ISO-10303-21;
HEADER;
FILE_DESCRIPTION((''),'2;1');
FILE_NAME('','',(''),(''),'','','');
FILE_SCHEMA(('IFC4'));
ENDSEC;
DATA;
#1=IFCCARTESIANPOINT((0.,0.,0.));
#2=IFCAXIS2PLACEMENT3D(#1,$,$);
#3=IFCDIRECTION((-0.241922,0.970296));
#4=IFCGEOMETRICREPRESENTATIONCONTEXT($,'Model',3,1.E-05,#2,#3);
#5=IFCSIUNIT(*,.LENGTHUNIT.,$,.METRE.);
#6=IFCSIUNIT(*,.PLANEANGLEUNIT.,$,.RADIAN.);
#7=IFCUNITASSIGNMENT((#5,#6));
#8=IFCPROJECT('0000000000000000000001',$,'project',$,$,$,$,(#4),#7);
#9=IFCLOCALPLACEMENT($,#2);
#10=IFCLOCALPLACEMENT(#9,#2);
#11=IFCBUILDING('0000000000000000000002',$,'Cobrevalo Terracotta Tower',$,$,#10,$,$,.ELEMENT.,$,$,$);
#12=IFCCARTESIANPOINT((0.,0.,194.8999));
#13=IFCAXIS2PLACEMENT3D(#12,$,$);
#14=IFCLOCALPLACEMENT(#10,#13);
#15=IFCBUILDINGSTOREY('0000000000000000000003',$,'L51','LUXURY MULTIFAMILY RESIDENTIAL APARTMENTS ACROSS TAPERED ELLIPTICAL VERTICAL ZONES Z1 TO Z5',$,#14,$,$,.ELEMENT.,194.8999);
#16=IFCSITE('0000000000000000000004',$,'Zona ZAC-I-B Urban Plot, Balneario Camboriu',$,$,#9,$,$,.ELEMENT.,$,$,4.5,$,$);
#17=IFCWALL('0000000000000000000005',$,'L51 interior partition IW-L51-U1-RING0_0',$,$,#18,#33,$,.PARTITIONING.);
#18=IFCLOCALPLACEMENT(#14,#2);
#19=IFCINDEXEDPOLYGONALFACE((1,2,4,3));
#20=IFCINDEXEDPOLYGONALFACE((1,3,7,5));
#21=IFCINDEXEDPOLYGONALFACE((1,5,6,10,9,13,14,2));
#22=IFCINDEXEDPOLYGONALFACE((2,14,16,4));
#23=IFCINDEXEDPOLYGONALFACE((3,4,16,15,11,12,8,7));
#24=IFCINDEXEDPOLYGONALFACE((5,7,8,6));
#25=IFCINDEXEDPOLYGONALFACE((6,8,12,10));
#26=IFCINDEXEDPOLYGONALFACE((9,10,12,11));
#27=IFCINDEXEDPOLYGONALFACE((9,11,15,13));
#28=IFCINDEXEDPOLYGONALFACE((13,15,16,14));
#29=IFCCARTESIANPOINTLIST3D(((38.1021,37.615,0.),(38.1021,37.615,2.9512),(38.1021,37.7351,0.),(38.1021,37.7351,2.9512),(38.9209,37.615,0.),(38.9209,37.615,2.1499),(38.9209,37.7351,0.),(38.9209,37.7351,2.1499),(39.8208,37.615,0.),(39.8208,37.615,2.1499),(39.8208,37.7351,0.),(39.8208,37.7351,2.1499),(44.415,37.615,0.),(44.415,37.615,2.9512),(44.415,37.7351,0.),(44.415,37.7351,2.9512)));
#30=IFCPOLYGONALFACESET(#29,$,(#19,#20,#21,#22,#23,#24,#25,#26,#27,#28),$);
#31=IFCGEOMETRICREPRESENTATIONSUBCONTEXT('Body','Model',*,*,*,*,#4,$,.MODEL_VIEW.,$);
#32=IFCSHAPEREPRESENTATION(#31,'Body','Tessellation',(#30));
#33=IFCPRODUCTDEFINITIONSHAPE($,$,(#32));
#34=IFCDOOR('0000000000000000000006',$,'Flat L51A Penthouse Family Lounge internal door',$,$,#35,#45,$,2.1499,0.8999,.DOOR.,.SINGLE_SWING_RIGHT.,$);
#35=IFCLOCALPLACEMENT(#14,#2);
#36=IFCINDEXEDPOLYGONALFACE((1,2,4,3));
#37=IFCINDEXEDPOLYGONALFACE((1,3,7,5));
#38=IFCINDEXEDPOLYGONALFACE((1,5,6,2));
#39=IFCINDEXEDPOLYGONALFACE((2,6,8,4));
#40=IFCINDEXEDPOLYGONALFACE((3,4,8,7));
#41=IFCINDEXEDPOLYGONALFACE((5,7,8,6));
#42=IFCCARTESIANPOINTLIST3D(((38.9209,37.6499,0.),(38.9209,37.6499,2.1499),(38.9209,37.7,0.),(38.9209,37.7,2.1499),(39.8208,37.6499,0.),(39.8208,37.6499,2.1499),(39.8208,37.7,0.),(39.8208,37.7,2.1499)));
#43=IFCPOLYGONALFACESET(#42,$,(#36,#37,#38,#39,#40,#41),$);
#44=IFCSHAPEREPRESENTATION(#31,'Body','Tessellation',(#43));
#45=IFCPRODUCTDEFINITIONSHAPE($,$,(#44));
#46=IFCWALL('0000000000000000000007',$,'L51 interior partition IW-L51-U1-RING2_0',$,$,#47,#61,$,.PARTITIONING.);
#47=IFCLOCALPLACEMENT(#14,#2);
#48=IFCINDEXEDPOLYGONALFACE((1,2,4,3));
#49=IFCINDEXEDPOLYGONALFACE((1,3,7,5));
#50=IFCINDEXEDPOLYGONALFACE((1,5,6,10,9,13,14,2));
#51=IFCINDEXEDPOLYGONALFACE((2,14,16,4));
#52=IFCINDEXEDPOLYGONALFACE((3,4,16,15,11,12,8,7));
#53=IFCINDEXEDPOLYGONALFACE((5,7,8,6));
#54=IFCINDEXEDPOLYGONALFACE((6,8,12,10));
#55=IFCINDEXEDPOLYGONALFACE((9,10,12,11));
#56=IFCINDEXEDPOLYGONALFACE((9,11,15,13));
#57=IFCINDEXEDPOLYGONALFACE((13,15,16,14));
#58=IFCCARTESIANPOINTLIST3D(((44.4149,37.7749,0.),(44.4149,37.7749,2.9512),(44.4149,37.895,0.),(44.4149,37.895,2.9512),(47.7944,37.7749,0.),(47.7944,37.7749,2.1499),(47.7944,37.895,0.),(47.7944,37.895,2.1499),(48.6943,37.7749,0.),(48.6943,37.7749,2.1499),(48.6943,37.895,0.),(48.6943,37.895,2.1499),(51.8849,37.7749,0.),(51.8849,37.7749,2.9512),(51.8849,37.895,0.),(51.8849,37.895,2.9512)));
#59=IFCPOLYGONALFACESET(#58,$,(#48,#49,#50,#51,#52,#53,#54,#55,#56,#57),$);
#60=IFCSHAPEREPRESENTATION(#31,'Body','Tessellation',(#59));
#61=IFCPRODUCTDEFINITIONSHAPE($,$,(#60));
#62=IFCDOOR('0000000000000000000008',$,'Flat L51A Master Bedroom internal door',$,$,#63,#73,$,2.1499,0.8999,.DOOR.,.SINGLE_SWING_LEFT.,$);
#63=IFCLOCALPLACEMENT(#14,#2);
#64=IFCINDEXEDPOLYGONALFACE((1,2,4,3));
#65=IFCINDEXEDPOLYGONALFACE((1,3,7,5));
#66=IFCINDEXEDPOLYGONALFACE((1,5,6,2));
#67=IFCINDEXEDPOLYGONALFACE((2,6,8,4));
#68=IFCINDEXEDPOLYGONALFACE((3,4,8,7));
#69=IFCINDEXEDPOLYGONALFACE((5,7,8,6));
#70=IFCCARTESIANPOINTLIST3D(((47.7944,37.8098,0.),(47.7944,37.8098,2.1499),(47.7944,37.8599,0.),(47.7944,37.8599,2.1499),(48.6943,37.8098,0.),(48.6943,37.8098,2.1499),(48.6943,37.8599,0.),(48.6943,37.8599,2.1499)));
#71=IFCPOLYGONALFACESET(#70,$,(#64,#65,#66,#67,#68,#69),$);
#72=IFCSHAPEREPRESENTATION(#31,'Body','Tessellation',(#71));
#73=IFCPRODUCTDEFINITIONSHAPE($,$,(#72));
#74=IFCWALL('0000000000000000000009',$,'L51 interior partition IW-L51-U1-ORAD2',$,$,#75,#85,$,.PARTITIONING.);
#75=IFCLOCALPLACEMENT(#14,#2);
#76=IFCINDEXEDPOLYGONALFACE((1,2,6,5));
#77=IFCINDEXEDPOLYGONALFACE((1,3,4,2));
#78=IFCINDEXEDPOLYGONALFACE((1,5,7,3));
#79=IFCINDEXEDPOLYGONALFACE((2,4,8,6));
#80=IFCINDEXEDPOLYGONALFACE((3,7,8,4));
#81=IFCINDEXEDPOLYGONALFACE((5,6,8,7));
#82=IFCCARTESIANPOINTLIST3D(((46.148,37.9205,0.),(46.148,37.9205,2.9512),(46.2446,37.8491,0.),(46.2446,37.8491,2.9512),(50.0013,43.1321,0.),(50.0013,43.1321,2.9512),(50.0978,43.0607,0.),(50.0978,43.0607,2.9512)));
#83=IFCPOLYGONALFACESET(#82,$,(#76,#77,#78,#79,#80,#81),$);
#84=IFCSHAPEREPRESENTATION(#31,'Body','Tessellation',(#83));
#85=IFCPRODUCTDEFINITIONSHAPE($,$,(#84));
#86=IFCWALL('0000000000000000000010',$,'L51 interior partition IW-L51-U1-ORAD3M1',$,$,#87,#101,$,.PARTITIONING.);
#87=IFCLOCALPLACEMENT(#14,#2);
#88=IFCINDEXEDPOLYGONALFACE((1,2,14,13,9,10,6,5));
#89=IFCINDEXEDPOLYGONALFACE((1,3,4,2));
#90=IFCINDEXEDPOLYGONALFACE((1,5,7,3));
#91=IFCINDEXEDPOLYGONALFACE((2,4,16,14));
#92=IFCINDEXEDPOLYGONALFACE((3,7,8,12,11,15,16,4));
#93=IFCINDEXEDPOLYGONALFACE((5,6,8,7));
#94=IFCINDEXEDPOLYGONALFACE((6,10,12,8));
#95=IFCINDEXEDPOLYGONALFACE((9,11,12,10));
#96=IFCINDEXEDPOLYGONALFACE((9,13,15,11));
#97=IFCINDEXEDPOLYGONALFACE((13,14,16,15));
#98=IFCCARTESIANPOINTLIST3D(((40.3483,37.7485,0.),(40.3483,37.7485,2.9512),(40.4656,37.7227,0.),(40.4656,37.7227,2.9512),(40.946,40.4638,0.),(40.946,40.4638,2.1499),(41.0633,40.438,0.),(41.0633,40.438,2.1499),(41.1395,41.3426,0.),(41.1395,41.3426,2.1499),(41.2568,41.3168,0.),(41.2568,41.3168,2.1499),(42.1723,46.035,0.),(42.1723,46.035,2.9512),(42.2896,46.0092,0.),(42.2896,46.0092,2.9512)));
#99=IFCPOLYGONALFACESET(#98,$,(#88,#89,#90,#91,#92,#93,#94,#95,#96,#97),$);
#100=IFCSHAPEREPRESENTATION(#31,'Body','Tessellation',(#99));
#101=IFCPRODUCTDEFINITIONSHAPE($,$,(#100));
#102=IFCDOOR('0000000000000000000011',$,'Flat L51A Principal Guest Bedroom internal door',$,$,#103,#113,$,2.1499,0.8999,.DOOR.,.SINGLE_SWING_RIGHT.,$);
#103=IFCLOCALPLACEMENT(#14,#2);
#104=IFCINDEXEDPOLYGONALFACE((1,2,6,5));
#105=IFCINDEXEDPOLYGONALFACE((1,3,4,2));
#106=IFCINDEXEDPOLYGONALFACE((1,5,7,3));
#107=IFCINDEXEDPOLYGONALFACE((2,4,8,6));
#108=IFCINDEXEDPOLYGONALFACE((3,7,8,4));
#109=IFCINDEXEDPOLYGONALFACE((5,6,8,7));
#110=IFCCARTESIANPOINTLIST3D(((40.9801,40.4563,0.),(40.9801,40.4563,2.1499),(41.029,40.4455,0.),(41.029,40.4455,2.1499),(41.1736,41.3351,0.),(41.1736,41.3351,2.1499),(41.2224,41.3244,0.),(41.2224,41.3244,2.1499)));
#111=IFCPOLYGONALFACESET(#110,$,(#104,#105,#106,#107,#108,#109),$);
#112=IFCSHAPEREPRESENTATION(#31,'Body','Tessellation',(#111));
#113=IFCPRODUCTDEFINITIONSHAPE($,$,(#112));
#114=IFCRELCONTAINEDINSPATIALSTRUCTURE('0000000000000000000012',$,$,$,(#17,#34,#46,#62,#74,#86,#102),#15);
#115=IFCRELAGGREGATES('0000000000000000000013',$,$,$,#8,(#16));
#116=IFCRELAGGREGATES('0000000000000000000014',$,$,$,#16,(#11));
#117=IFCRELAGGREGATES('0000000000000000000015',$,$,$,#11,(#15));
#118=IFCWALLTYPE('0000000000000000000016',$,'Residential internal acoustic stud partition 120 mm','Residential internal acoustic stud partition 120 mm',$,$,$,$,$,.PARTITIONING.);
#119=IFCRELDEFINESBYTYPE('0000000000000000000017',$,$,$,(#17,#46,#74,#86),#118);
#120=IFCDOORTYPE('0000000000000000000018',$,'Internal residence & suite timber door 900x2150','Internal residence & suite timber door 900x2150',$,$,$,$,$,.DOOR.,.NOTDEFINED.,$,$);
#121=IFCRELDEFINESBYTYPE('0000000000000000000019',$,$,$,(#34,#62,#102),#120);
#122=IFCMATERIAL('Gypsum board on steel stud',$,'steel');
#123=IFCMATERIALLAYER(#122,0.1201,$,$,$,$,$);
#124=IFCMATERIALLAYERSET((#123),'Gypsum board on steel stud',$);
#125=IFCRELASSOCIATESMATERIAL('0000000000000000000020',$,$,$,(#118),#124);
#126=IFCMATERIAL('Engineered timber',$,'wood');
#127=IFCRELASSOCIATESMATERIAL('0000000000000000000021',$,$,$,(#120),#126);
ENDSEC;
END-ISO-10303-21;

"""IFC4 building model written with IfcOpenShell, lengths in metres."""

from ifc_helpers import new_model, si_unit, direction, frame, frame_2d, origin, place, context, subcontext, project, spatial, rectangle, extrude, source, transform, mapped, material, layer, layer_set, type_object, element, fill, save


model = new_model("IFC4")

# Units and contexts
model_context = context("Model", 3, precision=1e-05, world=origin(), true_north=direction((-0.241922, 0.970296)))
body_context = subcontext(model_context, "Body", "Model", "MODEL_VIEW")
ifc_project = project(units=[si_unit("LENGTHUNIT", "METRE"), si_unit("PLANEANGLEUNIT", "RADIAN")], contexts=[model_context])

# Site, building, storey
site_placement = place(None, origin())
site = spatial("IfcSite", under=ifc_project, at=site_placement, Name="Zona ZAC-I-B Urban Plot, Balneario Camboriu", CompositionType="ELEMENT", RefElevation=4.5)
building_placement = place(site_placement, origin())
building = spatial("IfcBuilding", under=site, at=building_placement, Name="Cobrevalo Terracotta Tower", CompositionType="ELEMENT")
storey_placement = place(building_placement, frame((0.0, 0.0, 194.8999)))
storey = spatial("IfcBuildingStorey", under=building, at=storey_placement, Name="L51", Description="LUXURY MULTIFAMILY RESIDENTIAL APARTMENTS ACROSS TAPERED ELLIPTICAL VERTICAL ZONES Z1 TO Z5", CompositionType="ELEMENT", Elevation=194.8999)

# Shared definitions
ifc_material_1 = material(Name="Gypsum board on steel stud", Category="steel")

# Walls, openings, doors
ifc_layer_1 = layer(ifc_material_1, 0.1201)
ifc_layer_set_1 = layer_set([ifc_layer_1], Name="Gypsum board on steel stud")
wall_type_1 = type_object("IfcWallType", Name="Residential internal acoustic stud partition 120 mm", Description="Residential internal acoustic stud partition 120 mm", PredefinedType="PARTITIONING", material=ifc_layer_set_1)
wall_1_placement = place(storey_placement, frame((38.1021, 37.675, 0.0), z_axis=(0.0, 0.0, 1.0), x_axis=(1.0, 0.0, 0.0)))
wall_1 = element("IfcWall", 1, at=wall_1_placement, inside=storey, type_object=wall_type_1, Name="L51 interior partition IW-L51-U1-RING0_0", PredefinedType="PARTITIONING", context=body_context, shape_type="SweptSolid", body=[
    extrude(rectangle(XDim=6.313, YDim=0.1201, at=frame_2d((3.1565, 0.0))), origin(), (0.0, 0.0, 1.0), 2.9512),
])
opening_1_placement = place(wall_1_placement, frame((0.8188, 0.0, 0.0)))
opening_1 = element("IfcOpeningElement", 2, at=opening_1_placement, cuts=wall_1, PredefinedType="OPENING", context=body_context, shape_type="SweptSolid", body=[
    extrude(rectangle(XDim=0.8999, YDim=2.1499, at=frame_2d((0.45, 1.075))), frame((0.0, 0.0701, 0.0), z_axis=(0.0, -1.0, 0.0), x_axis=(1.0, 0.0, 0.0)), (0.0, 0.0, 1.0), 0.1401),
])
ifc_material_2 = material(Name="Engineered timber", Category="wood")
door_type_1 = type_object("IfcDoorType", Name="Internal residence & suite timber door 900x2150", Description="Internal residence & suite timber door 900x2150", OperationType="NOTDEFINED", PredefinedType="DOOR", material=ifc_material_2)
shared_shape_1 = source(origin(), body_context, "Body", "SweptSolid", [
    extrude(rectangle(XDim=0.8999, YDim=2.1499, at=frame_2d((0.45, 1.075))), frame((0.0, 0.0249, 0.0), z_axis=(0.0, -1.0, 0.0), x_axis=(1.0, 0.0, 0.0)), (0.0, 0.0, 1.0), 0.05),
])
door_1_placement = place(opening_1_placement, origin())
door_1 = element("IfcDoor", 3, at=door_1_placement, inside=storey, type_object=door_type_1, Name="Flat L51A Penthouse Family Lounge internal door", OperationType="SINGLE_SWING_RIGHT", OverallHeight=2.1499, OverallWidth=0.8999, PredefinedType="DOOR", context=body_context, shape_type="MappedRepresentation", body=[
    mapped(shared_shape_1, transform((0.0, 0.0, 0.0), scale=1.0)),
])
fill(opening_1, door_1)
wall_2_placement = place(storey_placement, frame((44.415, 37.835, 0.0), z_axis=(0.0, 0.0, 1.0), x_axis=(1.0, 0.0, 0.0)))
wall_2 = element("IfcWall", 4, at=wall_2_placement, inside=storey, type_object=wall_type_1, Name="L51 interior partition IW-L51-U1-RING2_0", PredefinedType="PARTITIONING", context=body_context, shape_type="SweptSolid", body=[
    extrude(rectangle(XDim=7.47, YDim=0.1201, at=frame_2d((3.7349, 0.0))), origin(), (0.0, 0.0, 1.0), 2.9512),
])
opening_2_placement = place(wall_2_placement, frame((3.3794, 0.0, 0.0)))
opening_2 = element("IfcOpeningElement", 5, at=opening_2_placement, cuts=wall_2, PredefinedType="OPENING", context=body_context, shape_type="SweptSolid", body=[
    extrude(rectangle(XDim=0.8999, YDim=2.1499, at=frame_2d((0.45, 1.075))), frame((0.0, 0.0701, 0.0), z_axis=(0.0, -1.0, 0.0), x_axis=(1.0, 0.0, 0.0)), (0.0, 0.0, 1.0), 0.1401),
])
door_2_placement = place(opening_2_placement, origin())
door_2 = element("IfcDoor", 6, at=door_2_placement, inside=storey, type_object=door_type_1, Name="Flat L51A Master Bedroom internal door", OperationType="SINGLE_SWING_LEFT", OverallHeight=2.1499, OverallWidth=0.8999, PredefinedType="DOOR", context=body_context, shape_type="MappedRepresentation", body=[
    mapped(shared_shape_1, transform((0.0, 0.0, 0.0), scale=1.0)),
])
fill(opening_2, door_2)

# Wall
wall_3_placement = place(storey_placement, frame((46.1963, 37.8848, 0.0), z_axis=(0.0, 0.0, 1.0), x_axis=(0.594508, 0.80409, 0.0)))
element("IfcWall", 7, at=wall_3_placement, inside=storey, type_object=wall_type_1, Name="L51 interior partition IW-L51-U1-ORAD2", PredefinedType="PARTITIONING", context=body_context, shape_type="SweptSolid", body=[
    extrude(rectangle(XDim=6.4814, YDim=0.1201, at=frame_2d((3.2407, 0.0))), origin(), (0.0, 0.0, 1.0), 2.9512),
])

# Wall, opening, door
wall_4_placement = place(storey_placement, frame((40.407, 37.7356, 0.0), z_axis=(0.0, 0.0, 1.0), x_axis=(0.214971, 0.97662, 0.0)))
wall_4 = element("IfcWall", 8, at=wall_4_placement, inside=storey, type_object=wall_type_1, Name="L51 interior partition IW-L51-U1-ORAD3M1", PredefinedType="PARTITIONING", context=body_context, shape_type="SweptSolid", body=[
    extrude(rectangle(XDim=8.4849, YDim=0.1201, at=frame_2d((4.2424, 0.0))), origin(), (0.0, 0.0, 1.0), 2.9512),
])
opening_3_placement = place(wall_4_placement, frame((2.7803, 0.0, 0.0)))
opening_3 = element("IfcOpeningElement", 9, at=opening_3_placement, cuts=wall_4, PredefinedType="OPENING", context=body_context, shape_type="SweptSolid", body=[
    extrude(rectangle(XDim=0.8999, YDim=2.1499, at=frame_2d((0.45, 1.075))), frame((0.0, 0.0701, 0.0), z_axis=(0.0, -1.0, 0.0), x_axis=(1.0, 0.0, 0.0)), (0.0, 0.0, 1.0), 0.1401),
])
door_3_placement = place(opening_3_placement, frame((0.8999, 0.0, 0.0), z_axis=(0.0, 0.0, 1.0), x_axis=(-1.0, 0.0, 0.0)))
door_3 = element("IfcDoor", 10, at=door_3_placement, inside=storey, type_object=door_type_1, Name="Flat L51A Principal Guest Bedroom internal door", OperationType="SINGLE_SWING_RIGHT", OverallHeight=2.1499, OverallWidth=0.8999, PredefinedType="DOOR", context=body_context, shape_type="MappedRepresentation", body=[
    mapped(shared_shape_1, transform((0.0, 0.0, 0.0), scale=1.0)),
])
fill(opening_3, door_3)

save(model, "model.ifc")
